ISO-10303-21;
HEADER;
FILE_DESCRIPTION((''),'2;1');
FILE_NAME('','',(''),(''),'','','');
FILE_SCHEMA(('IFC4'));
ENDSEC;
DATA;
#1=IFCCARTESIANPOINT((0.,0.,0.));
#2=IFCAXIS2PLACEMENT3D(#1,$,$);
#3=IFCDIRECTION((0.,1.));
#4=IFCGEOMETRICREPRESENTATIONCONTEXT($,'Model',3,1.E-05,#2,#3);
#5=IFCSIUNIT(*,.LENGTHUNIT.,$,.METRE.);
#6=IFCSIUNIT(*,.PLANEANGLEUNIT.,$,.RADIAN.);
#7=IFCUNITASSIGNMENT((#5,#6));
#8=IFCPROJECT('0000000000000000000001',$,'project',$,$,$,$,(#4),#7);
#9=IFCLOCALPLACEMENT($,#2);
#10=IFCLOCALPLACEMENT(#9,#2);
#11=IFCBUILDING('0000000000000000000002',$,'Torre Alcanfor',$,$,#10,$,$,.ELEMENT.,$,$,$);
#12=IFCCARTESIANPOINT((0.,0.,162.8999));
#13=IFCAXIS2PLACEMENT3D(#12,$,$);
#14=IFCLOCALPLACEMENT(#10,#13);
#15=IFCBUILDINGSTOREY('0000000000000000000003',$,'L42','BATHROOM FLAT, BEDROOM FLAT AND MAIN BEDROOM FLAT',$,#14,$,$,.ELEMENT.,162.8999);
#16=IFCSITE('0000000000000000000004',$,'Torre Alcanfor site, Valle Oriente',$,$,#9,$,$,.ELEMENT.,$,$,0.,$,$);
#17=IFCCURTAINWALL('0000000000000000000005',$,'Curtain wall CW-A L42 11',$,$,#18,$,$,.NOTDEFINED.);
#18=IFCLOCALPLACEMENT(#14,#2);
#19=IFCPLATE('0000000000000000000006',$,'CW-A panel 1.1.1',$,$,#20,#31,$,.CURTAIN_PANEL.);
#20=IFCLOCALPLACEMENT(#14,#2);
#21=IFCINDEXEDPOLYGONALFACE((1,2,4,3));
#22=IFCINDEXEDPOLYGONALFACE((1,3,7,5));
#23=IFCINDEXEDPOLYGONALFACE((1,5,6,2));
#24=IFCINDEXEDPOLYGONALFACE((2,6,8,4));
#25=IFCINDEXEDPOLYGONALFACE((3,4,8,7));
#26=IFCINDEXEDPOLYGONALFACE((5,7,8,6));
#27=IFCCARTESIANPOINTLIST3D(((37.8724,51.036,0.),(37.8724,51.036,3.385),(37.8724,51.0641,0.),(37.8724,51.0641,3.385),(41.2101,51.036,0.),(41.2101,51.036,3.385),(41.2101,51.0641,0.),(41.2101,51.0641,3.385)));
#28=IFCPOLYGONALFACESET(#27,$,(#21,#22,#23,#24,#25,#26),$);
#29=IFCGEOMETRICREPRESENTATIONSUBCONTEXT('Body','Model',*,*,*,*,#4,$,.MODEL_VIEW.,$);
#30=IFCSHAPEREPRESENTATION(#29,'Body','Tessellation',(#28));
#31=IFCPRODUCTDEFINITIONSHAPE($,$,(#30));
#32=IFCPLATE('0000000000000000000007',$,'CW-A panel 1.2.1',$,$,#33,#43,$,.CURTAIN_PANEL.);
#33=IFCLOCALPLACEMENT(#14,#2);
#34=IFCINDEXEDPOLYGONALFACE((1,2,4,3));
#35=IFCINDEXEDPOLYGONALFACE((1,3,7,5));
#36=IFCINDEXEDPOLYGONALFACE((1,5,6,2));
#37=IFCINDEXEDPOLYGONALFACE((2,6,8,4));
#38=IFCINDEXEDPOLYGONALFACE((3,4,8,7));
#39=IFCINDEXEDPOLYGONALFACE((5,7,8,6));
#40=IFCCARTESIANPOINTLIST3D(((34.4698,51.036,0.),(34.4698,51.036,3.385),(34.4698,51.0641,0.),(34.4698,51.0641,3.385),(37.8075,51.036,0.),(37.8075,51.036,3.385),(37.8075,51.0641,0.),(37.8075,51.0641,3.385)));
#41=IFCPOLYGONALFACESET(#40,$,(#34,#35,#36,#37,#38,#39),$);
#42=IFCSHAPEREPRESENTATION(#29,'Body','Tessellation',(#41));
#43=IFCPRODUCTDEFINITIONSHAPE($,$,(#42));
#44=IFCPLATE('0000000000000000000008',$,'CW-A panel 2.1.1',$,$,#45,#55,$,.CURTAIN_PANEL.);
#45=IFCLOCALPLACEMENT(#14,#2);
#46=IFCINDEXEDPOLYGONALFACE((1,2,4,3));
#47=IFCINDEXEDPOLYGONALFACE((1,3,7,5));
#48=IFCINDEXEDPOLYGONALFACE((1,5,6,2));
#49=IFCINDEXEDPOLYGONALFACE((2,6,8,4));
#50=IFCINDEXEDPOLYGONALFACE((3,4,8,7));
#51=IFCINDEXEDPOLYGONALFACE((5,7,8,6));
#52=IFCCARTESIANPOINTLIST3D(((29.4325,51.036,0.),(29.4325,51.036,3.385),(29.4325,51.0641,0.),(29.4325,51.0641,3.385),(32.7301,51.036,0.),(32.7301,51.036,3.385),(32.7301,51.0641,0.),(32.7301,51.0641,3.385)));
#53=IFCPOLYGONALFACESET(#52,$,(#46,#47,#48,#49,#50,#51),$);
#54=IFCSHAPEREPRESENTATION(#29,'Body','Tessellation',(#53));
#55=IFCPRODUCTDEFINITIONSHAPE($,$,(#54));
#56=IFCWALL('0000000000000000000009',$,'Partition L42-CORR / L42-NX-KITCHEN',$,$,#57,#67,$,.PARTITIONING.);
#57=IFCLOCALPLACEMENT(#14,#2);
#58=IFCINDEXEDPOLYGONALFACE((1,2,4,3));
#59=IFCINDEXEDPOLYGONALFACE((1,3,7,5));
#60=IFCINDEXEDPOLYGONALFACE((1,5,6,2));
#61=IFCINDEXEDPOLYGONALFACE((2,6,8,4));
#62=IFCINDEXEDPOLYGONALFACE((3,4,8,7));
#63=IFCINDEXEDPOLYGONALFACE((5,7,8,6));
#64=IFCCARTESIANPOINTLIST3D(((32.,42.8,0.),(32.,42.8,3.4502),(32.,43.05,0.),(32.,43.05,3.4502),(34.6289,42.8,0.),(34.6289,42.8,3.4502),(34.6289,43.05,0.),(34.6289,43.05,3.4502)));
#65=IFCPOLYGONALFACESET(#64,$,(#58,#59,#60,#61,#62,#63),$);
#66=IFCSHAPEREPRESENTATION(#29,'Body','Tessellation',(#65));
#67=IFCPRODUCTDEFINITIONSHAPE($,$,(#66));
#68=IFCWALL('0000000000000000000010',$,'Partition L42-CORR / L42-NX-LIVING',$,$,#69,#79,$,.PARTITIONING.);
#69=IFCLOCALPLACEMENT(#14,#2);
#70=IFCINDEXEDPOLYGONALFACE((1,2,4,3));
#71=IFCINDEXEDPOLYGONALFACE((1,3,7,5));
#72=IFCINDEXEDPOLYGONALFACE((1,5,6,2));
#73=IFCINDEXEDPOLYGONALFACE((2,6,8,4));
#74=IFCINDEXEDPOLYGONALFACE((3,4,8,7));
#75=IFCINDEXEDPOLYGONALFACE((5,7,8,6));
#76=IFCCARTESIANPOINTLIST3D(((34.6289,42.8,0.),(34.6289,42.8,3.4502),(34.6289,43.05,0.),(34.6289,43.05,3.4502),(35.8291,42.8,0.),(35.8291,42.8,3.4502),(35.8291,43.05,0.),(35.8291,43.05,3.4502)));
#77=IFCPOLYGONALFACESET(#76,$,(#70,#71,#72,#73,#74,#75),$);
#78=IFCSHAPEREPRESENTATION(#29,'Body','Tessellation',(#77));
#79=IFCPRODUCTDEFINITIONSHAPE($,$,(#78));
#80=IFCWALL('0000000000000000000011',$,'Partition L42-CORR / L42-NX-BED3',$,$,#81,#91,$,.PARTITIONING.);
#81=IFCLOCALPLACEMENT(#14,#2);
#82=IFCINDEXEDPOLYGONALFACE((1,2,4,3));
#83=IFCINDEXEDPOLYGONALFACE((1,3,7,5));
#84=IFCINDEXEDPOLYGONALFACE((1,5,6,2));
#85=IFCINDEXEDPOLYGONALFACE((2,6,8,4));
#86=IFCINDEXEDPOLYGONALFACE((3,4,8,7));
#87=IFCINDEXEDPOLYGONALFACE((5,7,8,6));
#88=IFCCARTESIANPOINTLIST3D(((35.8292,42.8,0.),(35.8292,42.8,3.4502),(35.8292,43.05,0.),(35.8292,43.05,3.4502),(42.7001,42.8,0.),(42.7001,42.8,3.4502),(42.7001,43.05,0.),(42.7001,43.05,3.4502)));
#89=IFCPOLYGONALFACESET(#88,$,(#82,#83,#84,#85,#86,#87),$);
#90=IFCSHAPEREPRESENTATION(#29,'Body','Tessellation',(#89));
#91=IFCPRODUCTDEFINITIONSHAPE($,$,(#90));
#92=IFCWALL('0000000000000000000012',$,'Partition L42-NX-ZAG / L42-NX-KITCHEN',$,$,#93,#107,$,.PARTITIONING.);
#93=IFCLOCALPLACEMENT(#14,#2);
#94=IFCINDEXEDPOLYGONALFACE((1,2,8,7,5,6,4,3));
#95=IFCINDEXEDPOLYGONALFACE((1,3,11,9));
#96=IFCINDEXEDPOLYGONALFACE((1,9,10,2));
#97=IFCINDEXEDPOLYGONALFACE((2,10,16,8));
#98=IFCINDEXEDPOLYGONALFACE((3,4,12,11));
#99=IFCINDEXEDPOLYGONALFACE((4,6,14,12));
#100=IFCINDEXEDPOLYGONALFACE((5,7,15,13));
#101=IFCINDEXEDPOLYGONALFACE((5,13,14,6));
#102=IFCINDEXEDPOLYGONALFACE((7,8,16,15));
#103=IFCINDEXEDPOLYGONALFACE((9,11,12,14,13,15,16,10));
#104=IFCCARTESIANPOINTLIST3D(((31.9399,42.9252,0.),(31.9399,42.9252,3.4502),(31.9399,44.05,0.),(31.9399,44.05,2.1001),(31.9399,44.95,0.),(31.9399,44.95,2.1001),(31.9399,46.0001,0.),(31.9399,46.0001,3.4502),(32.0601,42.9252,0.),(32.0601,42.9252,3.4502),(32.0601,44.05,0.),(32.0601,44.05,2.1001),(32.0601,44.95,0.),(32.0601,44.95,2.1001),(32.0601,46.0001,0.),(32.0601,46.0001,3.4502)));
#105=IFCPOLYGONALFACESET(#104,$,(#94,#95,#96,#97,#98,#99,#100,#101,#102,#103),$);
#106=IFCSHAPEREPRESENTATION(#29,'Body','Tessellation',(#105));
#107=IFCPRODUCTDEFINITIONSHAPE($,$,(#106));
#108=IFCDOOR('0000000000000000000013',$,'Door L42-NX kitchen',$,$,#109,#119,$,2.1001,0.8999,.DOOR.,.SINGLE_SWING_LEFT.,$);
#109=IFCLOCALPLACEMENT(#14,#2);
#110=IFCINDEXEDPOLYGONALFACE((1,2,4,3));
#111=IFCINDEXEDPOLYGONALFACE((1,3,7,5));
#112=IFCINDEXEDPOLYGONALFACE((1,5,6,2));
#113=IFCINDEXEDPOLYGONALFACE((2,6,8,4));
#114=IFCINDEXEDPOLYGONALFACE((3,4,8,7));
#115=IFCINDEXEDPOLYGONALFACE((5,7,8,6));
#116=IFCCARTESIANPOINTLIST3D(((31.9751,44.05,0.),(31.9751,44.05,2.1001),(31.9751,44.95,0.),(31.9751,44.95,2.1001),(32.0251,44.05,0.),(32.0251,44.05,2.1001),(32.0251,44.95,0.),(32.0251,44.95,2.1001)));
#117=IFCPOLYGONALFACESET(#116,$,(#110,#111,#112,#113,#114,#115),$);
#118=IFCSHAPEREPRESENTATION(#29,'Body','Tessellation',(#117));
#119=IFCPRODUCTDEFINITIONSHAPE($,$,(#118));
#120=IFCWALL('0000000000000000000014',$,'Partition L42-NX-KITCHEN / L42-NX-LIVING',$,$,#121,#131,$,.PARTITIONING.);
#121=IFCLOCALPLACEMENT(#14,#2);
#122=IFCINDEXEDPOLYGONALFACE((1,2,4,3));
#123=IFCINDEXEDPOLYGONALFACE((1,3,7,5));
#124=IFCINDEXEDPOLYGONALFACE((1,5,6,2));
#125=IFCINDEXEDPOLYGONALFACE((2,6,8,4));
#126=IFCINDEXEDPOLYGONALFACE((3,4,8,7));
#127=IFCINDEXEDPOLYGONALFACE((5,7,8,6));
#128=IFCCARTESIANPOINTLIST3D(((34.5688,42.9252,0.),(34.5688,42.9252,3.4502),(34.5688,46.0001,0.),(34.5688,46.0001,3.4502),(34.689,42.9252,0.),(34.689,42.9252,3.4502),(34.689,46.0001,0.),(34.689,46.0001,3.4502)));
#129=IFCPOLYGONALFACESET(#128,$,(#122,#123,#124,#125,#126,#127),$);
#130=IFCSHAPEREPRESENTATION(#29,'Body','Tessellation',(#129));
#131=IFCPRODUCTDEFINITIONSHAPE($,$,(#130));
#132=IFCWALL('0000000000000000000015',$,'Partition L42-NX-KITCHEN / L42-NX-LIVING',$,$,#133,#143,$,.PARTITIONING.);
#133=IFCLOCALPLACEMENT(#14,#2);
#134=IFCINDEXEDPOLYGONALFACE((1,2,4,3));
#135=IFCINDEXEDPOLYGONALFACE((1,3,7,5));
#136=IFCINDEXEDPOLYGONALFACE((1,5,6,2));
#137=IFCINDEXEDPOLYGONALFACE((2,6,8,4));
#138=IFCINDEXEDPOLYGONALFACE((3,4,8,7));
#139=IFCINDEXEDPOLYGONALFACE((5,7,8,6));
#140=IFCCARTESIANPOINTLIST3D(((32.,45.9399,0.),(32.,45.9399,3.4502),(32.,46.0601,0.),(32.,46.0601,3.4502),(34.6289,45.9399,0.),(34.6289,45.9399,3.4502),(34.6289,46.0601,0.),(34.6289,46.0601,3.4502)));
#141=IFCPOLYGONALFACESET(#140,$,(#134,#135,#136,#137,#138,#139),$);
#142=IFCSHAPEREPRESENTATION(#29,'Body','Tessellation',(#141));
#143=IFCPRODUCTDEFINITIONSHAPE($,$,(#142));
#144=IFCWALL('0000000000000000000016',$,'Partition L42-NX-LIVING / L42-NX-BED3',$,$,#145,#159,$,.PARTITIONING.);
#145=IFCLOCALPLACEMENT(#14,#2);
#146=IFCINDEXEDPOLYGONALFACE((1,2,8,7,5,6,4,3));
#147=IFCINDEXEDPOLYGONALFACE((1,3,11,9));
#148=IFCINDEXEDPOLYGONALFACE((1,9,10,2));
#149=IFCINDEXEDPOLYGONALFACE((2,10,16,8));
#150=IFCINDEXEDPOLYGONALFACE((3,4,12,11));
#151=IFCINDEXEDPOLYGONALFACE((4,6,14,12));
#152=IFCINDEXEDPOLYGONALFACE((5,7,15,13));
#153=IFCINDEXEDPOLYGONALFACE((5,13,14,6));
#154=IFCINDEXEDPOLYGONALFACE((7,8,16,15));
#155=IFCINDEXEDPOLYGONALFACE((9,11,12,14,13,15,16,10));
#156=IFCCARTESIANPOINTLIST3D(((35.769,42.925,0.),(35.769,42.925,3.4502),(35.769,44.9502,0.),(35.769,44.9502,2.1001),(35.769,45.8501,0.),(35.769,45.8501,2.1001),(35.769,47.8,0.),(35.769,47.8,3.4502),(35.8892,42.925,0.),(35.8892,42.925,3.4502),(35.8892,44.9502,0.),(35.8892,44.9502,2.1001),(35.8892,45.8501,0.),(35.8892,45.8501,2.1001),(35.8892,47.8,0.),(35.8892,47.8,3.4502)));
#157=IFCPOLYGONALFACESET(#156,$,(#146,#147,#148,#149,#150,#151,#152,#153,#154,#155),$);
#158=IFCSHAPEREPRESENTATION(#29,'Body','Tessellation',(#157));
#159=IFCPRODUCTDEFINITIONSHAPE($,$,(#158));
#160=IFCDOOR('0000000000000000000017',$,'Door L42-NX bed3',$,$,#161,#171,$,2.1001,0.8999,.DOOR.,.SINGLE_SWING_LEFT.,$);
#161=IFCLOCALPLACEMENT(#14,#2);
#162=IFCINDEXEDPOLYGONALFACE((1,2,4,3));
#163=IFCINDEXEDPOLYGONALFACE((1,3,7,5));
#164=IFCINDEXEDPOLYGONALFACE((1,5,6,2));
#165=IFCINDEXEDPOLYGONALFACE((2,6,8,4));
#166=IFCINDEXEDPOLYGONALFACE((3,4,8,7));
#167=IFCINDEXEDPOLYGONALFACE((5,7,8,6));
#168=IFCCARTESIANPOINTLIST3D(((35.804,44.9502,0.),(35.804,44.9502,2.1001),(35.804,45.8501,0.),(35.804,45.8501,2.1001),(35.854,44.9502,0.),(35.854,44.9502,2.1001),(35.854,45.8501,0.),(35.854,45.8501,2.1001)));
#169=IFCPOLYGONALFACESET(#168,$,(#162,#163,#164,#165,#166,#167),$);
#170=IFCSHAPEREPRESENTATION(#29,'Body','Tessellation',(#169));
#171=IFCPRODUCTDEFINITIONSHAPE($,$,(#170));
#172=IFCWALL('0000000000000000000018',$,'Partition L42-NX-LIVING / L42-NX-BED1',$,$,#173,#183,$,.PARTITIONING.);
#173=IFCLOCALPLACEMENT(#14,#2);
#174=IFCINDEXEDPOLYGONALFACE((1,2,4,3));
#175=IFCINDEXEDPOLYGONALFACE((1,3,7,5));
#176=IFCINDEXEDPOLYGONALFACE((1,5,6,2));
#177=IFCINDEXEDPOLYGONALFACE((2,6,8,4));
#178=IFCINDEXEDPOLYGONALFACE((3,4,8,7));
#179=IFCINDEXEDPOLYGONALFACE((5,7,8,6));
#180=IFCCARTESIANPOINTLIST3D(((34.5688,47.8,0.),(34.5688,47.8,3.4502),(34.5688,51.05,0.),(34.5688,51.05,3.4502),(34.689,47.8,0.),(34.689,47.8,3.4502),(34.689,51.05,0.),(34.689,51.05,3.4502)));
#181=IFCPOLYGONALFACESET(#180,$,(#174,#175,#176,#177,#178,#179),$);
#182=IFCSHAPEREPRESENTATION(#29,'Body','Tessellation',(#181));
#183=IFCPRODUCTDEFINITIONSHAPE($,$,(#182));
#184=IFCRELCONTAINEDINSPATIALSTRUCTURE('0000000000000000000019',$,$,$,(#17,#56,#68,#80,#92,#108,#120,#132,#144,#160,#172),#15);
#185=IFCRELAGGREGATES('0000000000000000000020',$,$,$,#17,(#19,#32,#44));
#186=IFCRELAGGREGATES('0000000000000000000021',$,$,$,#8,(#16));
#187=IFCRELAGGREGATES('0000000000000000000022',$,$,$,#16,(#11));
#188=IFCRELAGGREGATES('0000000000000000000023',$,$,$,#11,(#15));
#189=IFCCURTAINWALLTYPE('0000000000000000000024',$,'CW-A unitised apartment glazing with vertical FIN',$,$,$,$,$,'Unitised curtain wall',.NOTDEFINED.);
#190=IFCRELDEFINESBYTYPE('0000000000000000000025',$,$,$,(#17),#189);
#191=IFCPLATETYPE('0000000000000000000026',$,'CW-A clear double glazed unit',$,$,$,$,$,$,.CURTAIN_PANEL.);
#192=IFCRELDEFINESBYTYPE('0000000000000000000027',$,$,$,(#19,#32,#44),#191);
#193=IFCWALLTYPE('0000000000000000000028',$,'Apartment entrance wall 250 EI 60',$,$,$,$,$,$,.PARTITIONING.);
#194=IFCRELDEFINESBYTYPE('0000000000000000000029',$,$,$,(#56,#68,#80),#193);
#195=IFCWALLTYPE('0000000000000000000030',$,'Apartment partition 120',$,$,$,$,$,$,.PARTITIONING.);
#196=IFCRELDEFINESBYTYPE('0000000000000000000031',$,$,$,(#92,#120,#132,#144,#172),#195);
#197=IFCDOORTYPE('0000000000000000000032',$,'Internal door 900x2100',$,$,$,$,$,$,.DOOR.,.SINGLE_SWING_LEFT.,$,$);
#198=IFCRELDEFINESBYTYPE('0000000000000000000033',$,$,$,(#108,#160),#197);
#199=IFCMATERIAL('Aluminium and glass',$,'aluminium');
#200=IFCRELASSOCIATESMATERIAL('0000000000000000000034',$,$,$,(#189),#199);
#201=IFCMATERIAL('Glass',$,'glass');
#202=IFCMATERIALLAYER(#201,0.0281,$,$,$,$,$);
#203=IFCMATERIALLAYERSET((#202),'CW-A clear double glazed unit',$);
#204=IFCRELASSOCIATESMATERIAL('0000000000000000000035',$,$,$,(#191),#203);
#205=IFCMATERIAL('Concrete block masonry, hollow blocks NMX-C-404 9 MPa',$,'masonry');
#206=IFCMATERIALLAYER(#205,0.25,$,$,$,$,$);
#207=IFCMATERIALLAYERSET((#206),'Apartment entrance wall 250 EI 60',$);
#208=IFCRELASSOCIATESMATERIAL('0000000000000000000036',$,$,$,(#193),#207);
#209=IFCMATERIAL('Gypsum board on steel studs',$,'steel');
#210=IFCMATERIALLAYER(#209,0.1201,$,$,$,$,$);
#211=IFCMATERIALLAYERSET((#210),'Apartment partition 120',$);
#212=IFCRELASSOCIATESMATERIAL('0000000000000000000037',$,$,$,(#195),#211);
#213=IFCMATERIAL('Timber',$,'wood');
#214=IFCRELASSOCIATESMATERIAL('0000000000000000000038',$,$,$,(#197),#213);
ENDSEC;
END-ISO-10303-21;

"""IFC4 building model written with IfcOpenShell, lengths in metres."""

from ifc_helpers import new_model, si_unit, direction, frame, frame_2d, origin, origin_2d, place, context, subcontext, project, spatial, rectangle, extrude, material, layer, layer_set, type_object, element, fill, aggregate, save


model = new_model("IFC4")

# Units and contexts
model_context = context("Model", 3, precision=1e-05, world=origin(), true_north=direction((0.0, 1.0)))
body_context = subcontext(model_context, "Body", "Model", "MODEL_VIEW")
ifc_project = project(units=[si_unit("LENGTHUNIT", "METRE"), si_unit("PLANEANGLEUNIT", "RADIAN")], contexts=[model_context])

# Site, building, storey
site_placement = place(None, origin())
site = spatial("IfcSite", under=ifc_project, at=site_placement, Name="Torre Alcanfor site, Valle Oriente", CompositionType="ELEMENT", RefElevation=0.0)
building_placement = place(site_placement, origin())
building = spatial("IfcBuilding", under=site, at=building_placement, Name="Torre Alcanfor", CompositionType="ELEMENT")
storey_placement = place(building_placement, frame((0.0, 0.0, 162.8999)))
storey = spatial("IfcBuildingStorey", under=building, at=storey_placement, Name="L42", Description="BATHROOM FLAT, BEDROOM FLAT AND MAIN BEDROOM FLAT", CompositionType="ELEMENT", Elevation=162.8999)

# Curtain wall
ifc_material_1 = material(Name="Aluminium and glass", Category="aluminium")
curtain_wall_type = type_object("IfcCurtainWallType", Name="CW-A unitised apartment glazing with vertical FIN", ElementType="Unitised curtain wall", PredefinedType="NOTDEFINED", material=ifc_material_1)
curtain_wall_placement = place(storey_placement, origin())
curtain_wall = element("IfcCurtainWall", 1, at=curtain_wall_placement, inside=storey, type_object=curtain_wall_type, Name="Curtain wall CW-A L42 11", PredefinedType="NOTDEFINED")

# Plates
ifc_material_2 = material(Name="Glass", Category="glass")
ifc_layer_1 = layer(ifc_material_2, 0.0281)
ifc_layer_set_1 = layer_set([ifc_layer_1], Name="CW-A clear double glazed unit")
plate_type = type_object("IfcPlateType", Name="CW-A clear double glazed unit", PredefinedType="CURTAIN_PANEL", material=ifc_layer_set_1)
plate_1_placement = place(storey_placement, frame((39.5413, 51.05, 0.0), z_axis=(0.0, 0.0, 1.0), x_axis=(-1.0, 0.0, 0.0)))
plate_1 = element("IfcPlate", 2, at=plate_1_placement, type_object=plate_type, Name="CW-A panel 1.1.1", PredefinedType="CURTAIN_PANEL", context=body_context, shape_type="SweptSolid", body=[
    extrude(rectangle(XDim=3.3376, YDim=0.0281, at=origin_2d()), origin(), (0.0, 0.0, 1.0), 3.385),
])
plate_2_placement = place(storey_placement, frame((36.1387, 51.05, 0.0), z_axis=(0.0, 0.0, 1.0), x_axis=(-1.0, 0.0, 0.0)))
plate_2 = element("IfcPlate", 3, at=plate_2_placement, type_object=plate_type, Name="CW-A panel 1.2.1", PredefinedType="CURTAIN_PANEL", context=body_context, shape_type="SweptSolid", body=[
    extrude(rectangle(XDim=3.3376, YDim=0.0281, at=origin_2d()), origin(), (0.0, 0.0, 1.0), 3.385),
])
plate_3_placement = place(storey_placement, frame((31.0813, 51.05, 0.0), z_axis=(0.0, 0.0, 1.0), x_axis=(-1.0, 0.0, 0.0)))
plate_3 = element("IfcPlate", 4, at=plate_3_placement, type_object=plate_type, Name="CW-A panel 2.1.1", PredefinedType="CURTAIN_PANEL", context=body_context, shape_type="SweptSolid", body=[
    extrude(rectangle(XDim=3.2976, YDim=0.0281, at=origin_2d()), origin(), (0.0, 0.0, 1.0), 3.385),
])
aggregate(curtain_wall, [plate_1, plate_2, plate_3])

# Walls
ifc_material_3 = material(Name="Concrete block masonry, hollow blocks NMX-C-404 9 MPa", Category="masonry")
ifc_layer_2 = layer(ifc_material_3, 0.25)
ifc_layer_set_2 = layer_set([ifc_layer_2], Name="Apartment entrance wall 250 EI 60")
wall_type_1 = type_object("IfcWallType", Name="Apartment entrance wall 250 EI 60", PredefinedType="PARTITIONING", material=ifc_layer_set_2)
wall_1_placement = place(storey_placement, frame((32.0, 42.925, 0.0), z_axis=(0.0, 0.0, 1.0), x_axis=(1.0, 0.0, 0.0)))
element("IfcWall", 5, at=wall_1_placement, inside=storey, type_object=wall_type_1, Name="Partition L42-CORR / L42-NX-KITCHEN", PredefinedType="PARTITIONING", context=body_context, shape_type="SweptSolid", body=[
    extrude(rectangle(XDim=2.6289, YDim=0.25, at=frame_2d((1.3145, 0.0))), origin(), (0.0, 0.0, 1.0), 3.4502),
])
wall_2_placement = place(storey_placement, frame((34.6289, 42.925, 0.0), z_axis=(0.0, 0.0, 1.0), x_axis=(1.0, 0.0, 0.0)))
element("IfcWall", 6, at=wall_2_placement, inside=storey, type_object=wall_type_1, Name="Partition L42-CORR / L42-NX-LIVING", PredefinedType="PARTITIONING", context=body_context, shape_type="SweptSolid", body=[
    extrude(rectangle(XDim=1.2002, YDim=0.25, at=frame_2d((0.6001, 0.0))), origin(), (0.0, 0.0, 1.0), 3.4502),
])
wall_3_placement = place(storey_placement, frame((35.8291, 42.925, 0.0), z_axis=(0.0, 0.0, 1.0), x_axis=(1.0, 0.0, 0.0)))
element("IfcWall", 7, at=wall_3_placement, inside=storey, type_object=wall_type_1, Name="Partition L42-CORR / L42-NX-BED3", PredefinedType="PARTITIONING", context=body_context, shape_type="SweptSolid", body=[
    extrude(rectangle(XDim=6.8708, YDim=0.25, at=frame_2d((3.4355, 0.0))), origin(), (0.0, 0.0, 1.0), 3.4502),
])

# Wall, opening, door
ifc_material_4 = material(Name="Gypsum board on steel studs", Category="steel")
ifc_layer_3 = layer(ifc_material_4, 0.1201)
ifc_layer_set_3 = layer_set([ifc_layer_3], Name="Apartment partition 120")
wall_type_2 = type_object("IfcWallType", Name="Apartment partition 120", PredefinedType="PARTITIONING", material=ifc_layer_set_3)
wall_4_placement = place(storey_placement, frame((32.0, 42.925, 0.0), z_axis=(0.0, 0.0, 1.0), x_axis=(0.0, 1.0, 0.0)))
wall_4 = element("IfcWall", 8, at=wall_4_placement, inside=storey, type_object=wall_type_2, Name="Partition L42-NX-ZAG / L42-NX-KITCHEN", PredefinedType="PARTITIONING", context=body_context, shape_type="SweptSolid", body=[
    extrude(rectangle(XDim=3.075, YDim=0.1201, at=frame_2d((1.5376, 0.0))), origin(), (0.0, 0.0, 1.0), 3.4502),
])
opening_1_placement = place(wall_4_placement, frame((1.125, 0.0, 0.0)))
opening_1 = element("IfcOpeningElement", 9, at=opening_1_placement, cuts=wall_4, PredefinedType="OPENING", context=body_context, shape_type="SweptSolid", body=[
    extrude(rectangle(XDim=0.8999, YDim=2.1001, at=frame_2d((0.45, 1.05))), frame((0.0, 0.0701, 0.0), z_axis=(0.0, -1.0, 0.0), x_axis=(1.0, 0.0, 0.0)), (0.0, 0.0, 1.0), 0.1401),
])
ifc_material_5 = material(Name="Timber", Category="wood")
door_type_1 = type_object("IfcDoorType", Name="Internal door 900x2100", OperationType="SINGLE_SWING_LEFT", PredefinedType="DOOR", material=ifc_material_5)
door_1_placement = place(opening_1_placement, frame((0.8999, 0.0, 0.0), z_axis=(0.0, 0.0, 1.0), x_axis=(-1.0, 0.0, 0.0)))
door_1 = element("IfcDoor", 10, at=door_1_placement, inside=storey, type_object=door_type_1, Name="Door L42-NX kitchen", OperationType="SINGLE_SWING_LEFT", OverallHeight=2.1001, OverallWidth=0.8999, PredefinedType="DOOR", context=body_context, shape_type="SweptSolid", body=[
    extrude(rectangle(XDim=0.8999, YDim=2.1001, at=frame_2d((0.45, 1.05))), frame((0.0, 0.0251, 0.0), z_axis=(0.0, -1.0, 0.0), x_axis=(1.0, 0.0, 0.0)), (0.0, 0.0, 1.0), 0.05),
])
fill(opening_1, door_1)

# Walls
wall_5_placement = place(storey_placement, frame((34.6289, 42.925, 0.0), z_axis=(0.0, 0.0, 1.0), x_axis=(0.0, 1.0, 0.0)))
element("IfcWall", 11, at=wall_5_placement, inside=storey, type_object=wall_type_2, Name="Partition L42-NX-KITCHEN / L42-NX-LIVING", PredefinedType="PARTITIONING", context=body_context, shape_type="SweptSolid", body=[
    extrude(rectangle(XDim=3.075, YDim=0.1201, at=frame_2d((1.5376, 0.0))), origin(), (0.0, 0.0, 1.0), 3.4502),
])
wall_6_placement = place(storey_placement, frame((34.6289, 46.0, 0.0), z_axis=(0.0, 0.0, 1.0), x_axis=(-1.0, 0.0, 0.0)))
element("IfcWall", 12, at=wall_6_placement, inside=storey, type_object=wall_type_2, Name="Partition L42-NX-KITCHEN / L42-NX-LIVING", PredefinedType="PARTITIONING", context=body_context, shape_type="SweptSolid", body=[
    extrude(rectangle(XDim=2.6289, YDim=0.1201, at=frame_2d((1.3145, 0.0))), origin(), (0.0, 0.0, 1.0), 3.4502),
])

# Wall, opening, door
wall_7_placement = place(storey_placement, frame((35.8291, 47.8, 0.0), z_axis=(0.0, 0.0, 1.0), x_axis=(0.0, -1.0, 0.0)))
wall_7 = element("IfcWall", 13, at=wall_7_placement, inside=storey, type_object=wall_type_2, Name="Partition L42-NX-LIVING / L42-NX-BED3", PredefinedType="PARTITIONING", context=body_context, shape_type="SweptSolid", body=[
    extrude(rectangle(XDim=4.875, YDim=0.1201, at=frame_2d((2.4375, 0.0))), origin(), (0.0, 0.0, 1.0), 3.4502),
])
opening_2_placement = place(wall_7_placement, frame((1.95, 0.0, 0.0)))
opening_2 = element("IfcOpeningElement", 14, at=opening_2_placement, cuts=wall_7, PredefinedType="OPENING", context=body_context, shape_type="SweptSolid", body=[
    extrude(rectangle(XDim=0.8999, YDim=2.1001, at=frame_2d((0.45, 1.05))), frame((0.0, 0.0701, 0.0), z_axis=(0.0, -1.0, 0.0), x_axis=(1.0, 0.0, 0.0)), (0.0, 0.0, 1.0), 0.1401),
])
door_2_placement = place(opening_2_placement, origin())
door_2 = element("IfcDoor", 15, at=door_2_placement, inside=storey, type_object=door_type_1, Name="Door L42-NX bed3", OperationType="SINGLE_SWING_LEFT", OverallHeight=2.1001, OverallWidth=0.8999, PredefinedType="DOOR", context=body_context, shape_type="SweptSolid", body=[
    extrude(rectangle(XDim=0.8999, YDim=2.1001, at=frame_2d((0.45, 1.05))), frame((0.0, 0.0249, 0.0), z_axis=(0.0, -1.0, 0.0), x_axis=(1.0, 0.0, 0.0)), (0.0, 0.0, 1.0), 0.05),
])
fill(opening_2, door_2)

# Wall
wall_8_placement = place(storey_placement, frame((34.6289, 51.05, 0.0), z_axis=(0.0, 0.0, 1.0), x_axis=(0.0, -1.0, 0.0)))
element("IfcWall", 16, at=wall_8_placement, inside=storey, type_object=wall_type_2, Name="Partition L42-NX-LIVING / L42-NX-BED1", PredefinedType="PARTITIONING", context=body_context, shape_type="SweptSolid", body=[
    extrude(rectangle(XDim=3.25, YDim=0.1201, at=frame_2d((1.625, 0.0))), origin(), (0.0, 0.0, 1.0), 3.4502),
])

save(model, "model.ifc")
